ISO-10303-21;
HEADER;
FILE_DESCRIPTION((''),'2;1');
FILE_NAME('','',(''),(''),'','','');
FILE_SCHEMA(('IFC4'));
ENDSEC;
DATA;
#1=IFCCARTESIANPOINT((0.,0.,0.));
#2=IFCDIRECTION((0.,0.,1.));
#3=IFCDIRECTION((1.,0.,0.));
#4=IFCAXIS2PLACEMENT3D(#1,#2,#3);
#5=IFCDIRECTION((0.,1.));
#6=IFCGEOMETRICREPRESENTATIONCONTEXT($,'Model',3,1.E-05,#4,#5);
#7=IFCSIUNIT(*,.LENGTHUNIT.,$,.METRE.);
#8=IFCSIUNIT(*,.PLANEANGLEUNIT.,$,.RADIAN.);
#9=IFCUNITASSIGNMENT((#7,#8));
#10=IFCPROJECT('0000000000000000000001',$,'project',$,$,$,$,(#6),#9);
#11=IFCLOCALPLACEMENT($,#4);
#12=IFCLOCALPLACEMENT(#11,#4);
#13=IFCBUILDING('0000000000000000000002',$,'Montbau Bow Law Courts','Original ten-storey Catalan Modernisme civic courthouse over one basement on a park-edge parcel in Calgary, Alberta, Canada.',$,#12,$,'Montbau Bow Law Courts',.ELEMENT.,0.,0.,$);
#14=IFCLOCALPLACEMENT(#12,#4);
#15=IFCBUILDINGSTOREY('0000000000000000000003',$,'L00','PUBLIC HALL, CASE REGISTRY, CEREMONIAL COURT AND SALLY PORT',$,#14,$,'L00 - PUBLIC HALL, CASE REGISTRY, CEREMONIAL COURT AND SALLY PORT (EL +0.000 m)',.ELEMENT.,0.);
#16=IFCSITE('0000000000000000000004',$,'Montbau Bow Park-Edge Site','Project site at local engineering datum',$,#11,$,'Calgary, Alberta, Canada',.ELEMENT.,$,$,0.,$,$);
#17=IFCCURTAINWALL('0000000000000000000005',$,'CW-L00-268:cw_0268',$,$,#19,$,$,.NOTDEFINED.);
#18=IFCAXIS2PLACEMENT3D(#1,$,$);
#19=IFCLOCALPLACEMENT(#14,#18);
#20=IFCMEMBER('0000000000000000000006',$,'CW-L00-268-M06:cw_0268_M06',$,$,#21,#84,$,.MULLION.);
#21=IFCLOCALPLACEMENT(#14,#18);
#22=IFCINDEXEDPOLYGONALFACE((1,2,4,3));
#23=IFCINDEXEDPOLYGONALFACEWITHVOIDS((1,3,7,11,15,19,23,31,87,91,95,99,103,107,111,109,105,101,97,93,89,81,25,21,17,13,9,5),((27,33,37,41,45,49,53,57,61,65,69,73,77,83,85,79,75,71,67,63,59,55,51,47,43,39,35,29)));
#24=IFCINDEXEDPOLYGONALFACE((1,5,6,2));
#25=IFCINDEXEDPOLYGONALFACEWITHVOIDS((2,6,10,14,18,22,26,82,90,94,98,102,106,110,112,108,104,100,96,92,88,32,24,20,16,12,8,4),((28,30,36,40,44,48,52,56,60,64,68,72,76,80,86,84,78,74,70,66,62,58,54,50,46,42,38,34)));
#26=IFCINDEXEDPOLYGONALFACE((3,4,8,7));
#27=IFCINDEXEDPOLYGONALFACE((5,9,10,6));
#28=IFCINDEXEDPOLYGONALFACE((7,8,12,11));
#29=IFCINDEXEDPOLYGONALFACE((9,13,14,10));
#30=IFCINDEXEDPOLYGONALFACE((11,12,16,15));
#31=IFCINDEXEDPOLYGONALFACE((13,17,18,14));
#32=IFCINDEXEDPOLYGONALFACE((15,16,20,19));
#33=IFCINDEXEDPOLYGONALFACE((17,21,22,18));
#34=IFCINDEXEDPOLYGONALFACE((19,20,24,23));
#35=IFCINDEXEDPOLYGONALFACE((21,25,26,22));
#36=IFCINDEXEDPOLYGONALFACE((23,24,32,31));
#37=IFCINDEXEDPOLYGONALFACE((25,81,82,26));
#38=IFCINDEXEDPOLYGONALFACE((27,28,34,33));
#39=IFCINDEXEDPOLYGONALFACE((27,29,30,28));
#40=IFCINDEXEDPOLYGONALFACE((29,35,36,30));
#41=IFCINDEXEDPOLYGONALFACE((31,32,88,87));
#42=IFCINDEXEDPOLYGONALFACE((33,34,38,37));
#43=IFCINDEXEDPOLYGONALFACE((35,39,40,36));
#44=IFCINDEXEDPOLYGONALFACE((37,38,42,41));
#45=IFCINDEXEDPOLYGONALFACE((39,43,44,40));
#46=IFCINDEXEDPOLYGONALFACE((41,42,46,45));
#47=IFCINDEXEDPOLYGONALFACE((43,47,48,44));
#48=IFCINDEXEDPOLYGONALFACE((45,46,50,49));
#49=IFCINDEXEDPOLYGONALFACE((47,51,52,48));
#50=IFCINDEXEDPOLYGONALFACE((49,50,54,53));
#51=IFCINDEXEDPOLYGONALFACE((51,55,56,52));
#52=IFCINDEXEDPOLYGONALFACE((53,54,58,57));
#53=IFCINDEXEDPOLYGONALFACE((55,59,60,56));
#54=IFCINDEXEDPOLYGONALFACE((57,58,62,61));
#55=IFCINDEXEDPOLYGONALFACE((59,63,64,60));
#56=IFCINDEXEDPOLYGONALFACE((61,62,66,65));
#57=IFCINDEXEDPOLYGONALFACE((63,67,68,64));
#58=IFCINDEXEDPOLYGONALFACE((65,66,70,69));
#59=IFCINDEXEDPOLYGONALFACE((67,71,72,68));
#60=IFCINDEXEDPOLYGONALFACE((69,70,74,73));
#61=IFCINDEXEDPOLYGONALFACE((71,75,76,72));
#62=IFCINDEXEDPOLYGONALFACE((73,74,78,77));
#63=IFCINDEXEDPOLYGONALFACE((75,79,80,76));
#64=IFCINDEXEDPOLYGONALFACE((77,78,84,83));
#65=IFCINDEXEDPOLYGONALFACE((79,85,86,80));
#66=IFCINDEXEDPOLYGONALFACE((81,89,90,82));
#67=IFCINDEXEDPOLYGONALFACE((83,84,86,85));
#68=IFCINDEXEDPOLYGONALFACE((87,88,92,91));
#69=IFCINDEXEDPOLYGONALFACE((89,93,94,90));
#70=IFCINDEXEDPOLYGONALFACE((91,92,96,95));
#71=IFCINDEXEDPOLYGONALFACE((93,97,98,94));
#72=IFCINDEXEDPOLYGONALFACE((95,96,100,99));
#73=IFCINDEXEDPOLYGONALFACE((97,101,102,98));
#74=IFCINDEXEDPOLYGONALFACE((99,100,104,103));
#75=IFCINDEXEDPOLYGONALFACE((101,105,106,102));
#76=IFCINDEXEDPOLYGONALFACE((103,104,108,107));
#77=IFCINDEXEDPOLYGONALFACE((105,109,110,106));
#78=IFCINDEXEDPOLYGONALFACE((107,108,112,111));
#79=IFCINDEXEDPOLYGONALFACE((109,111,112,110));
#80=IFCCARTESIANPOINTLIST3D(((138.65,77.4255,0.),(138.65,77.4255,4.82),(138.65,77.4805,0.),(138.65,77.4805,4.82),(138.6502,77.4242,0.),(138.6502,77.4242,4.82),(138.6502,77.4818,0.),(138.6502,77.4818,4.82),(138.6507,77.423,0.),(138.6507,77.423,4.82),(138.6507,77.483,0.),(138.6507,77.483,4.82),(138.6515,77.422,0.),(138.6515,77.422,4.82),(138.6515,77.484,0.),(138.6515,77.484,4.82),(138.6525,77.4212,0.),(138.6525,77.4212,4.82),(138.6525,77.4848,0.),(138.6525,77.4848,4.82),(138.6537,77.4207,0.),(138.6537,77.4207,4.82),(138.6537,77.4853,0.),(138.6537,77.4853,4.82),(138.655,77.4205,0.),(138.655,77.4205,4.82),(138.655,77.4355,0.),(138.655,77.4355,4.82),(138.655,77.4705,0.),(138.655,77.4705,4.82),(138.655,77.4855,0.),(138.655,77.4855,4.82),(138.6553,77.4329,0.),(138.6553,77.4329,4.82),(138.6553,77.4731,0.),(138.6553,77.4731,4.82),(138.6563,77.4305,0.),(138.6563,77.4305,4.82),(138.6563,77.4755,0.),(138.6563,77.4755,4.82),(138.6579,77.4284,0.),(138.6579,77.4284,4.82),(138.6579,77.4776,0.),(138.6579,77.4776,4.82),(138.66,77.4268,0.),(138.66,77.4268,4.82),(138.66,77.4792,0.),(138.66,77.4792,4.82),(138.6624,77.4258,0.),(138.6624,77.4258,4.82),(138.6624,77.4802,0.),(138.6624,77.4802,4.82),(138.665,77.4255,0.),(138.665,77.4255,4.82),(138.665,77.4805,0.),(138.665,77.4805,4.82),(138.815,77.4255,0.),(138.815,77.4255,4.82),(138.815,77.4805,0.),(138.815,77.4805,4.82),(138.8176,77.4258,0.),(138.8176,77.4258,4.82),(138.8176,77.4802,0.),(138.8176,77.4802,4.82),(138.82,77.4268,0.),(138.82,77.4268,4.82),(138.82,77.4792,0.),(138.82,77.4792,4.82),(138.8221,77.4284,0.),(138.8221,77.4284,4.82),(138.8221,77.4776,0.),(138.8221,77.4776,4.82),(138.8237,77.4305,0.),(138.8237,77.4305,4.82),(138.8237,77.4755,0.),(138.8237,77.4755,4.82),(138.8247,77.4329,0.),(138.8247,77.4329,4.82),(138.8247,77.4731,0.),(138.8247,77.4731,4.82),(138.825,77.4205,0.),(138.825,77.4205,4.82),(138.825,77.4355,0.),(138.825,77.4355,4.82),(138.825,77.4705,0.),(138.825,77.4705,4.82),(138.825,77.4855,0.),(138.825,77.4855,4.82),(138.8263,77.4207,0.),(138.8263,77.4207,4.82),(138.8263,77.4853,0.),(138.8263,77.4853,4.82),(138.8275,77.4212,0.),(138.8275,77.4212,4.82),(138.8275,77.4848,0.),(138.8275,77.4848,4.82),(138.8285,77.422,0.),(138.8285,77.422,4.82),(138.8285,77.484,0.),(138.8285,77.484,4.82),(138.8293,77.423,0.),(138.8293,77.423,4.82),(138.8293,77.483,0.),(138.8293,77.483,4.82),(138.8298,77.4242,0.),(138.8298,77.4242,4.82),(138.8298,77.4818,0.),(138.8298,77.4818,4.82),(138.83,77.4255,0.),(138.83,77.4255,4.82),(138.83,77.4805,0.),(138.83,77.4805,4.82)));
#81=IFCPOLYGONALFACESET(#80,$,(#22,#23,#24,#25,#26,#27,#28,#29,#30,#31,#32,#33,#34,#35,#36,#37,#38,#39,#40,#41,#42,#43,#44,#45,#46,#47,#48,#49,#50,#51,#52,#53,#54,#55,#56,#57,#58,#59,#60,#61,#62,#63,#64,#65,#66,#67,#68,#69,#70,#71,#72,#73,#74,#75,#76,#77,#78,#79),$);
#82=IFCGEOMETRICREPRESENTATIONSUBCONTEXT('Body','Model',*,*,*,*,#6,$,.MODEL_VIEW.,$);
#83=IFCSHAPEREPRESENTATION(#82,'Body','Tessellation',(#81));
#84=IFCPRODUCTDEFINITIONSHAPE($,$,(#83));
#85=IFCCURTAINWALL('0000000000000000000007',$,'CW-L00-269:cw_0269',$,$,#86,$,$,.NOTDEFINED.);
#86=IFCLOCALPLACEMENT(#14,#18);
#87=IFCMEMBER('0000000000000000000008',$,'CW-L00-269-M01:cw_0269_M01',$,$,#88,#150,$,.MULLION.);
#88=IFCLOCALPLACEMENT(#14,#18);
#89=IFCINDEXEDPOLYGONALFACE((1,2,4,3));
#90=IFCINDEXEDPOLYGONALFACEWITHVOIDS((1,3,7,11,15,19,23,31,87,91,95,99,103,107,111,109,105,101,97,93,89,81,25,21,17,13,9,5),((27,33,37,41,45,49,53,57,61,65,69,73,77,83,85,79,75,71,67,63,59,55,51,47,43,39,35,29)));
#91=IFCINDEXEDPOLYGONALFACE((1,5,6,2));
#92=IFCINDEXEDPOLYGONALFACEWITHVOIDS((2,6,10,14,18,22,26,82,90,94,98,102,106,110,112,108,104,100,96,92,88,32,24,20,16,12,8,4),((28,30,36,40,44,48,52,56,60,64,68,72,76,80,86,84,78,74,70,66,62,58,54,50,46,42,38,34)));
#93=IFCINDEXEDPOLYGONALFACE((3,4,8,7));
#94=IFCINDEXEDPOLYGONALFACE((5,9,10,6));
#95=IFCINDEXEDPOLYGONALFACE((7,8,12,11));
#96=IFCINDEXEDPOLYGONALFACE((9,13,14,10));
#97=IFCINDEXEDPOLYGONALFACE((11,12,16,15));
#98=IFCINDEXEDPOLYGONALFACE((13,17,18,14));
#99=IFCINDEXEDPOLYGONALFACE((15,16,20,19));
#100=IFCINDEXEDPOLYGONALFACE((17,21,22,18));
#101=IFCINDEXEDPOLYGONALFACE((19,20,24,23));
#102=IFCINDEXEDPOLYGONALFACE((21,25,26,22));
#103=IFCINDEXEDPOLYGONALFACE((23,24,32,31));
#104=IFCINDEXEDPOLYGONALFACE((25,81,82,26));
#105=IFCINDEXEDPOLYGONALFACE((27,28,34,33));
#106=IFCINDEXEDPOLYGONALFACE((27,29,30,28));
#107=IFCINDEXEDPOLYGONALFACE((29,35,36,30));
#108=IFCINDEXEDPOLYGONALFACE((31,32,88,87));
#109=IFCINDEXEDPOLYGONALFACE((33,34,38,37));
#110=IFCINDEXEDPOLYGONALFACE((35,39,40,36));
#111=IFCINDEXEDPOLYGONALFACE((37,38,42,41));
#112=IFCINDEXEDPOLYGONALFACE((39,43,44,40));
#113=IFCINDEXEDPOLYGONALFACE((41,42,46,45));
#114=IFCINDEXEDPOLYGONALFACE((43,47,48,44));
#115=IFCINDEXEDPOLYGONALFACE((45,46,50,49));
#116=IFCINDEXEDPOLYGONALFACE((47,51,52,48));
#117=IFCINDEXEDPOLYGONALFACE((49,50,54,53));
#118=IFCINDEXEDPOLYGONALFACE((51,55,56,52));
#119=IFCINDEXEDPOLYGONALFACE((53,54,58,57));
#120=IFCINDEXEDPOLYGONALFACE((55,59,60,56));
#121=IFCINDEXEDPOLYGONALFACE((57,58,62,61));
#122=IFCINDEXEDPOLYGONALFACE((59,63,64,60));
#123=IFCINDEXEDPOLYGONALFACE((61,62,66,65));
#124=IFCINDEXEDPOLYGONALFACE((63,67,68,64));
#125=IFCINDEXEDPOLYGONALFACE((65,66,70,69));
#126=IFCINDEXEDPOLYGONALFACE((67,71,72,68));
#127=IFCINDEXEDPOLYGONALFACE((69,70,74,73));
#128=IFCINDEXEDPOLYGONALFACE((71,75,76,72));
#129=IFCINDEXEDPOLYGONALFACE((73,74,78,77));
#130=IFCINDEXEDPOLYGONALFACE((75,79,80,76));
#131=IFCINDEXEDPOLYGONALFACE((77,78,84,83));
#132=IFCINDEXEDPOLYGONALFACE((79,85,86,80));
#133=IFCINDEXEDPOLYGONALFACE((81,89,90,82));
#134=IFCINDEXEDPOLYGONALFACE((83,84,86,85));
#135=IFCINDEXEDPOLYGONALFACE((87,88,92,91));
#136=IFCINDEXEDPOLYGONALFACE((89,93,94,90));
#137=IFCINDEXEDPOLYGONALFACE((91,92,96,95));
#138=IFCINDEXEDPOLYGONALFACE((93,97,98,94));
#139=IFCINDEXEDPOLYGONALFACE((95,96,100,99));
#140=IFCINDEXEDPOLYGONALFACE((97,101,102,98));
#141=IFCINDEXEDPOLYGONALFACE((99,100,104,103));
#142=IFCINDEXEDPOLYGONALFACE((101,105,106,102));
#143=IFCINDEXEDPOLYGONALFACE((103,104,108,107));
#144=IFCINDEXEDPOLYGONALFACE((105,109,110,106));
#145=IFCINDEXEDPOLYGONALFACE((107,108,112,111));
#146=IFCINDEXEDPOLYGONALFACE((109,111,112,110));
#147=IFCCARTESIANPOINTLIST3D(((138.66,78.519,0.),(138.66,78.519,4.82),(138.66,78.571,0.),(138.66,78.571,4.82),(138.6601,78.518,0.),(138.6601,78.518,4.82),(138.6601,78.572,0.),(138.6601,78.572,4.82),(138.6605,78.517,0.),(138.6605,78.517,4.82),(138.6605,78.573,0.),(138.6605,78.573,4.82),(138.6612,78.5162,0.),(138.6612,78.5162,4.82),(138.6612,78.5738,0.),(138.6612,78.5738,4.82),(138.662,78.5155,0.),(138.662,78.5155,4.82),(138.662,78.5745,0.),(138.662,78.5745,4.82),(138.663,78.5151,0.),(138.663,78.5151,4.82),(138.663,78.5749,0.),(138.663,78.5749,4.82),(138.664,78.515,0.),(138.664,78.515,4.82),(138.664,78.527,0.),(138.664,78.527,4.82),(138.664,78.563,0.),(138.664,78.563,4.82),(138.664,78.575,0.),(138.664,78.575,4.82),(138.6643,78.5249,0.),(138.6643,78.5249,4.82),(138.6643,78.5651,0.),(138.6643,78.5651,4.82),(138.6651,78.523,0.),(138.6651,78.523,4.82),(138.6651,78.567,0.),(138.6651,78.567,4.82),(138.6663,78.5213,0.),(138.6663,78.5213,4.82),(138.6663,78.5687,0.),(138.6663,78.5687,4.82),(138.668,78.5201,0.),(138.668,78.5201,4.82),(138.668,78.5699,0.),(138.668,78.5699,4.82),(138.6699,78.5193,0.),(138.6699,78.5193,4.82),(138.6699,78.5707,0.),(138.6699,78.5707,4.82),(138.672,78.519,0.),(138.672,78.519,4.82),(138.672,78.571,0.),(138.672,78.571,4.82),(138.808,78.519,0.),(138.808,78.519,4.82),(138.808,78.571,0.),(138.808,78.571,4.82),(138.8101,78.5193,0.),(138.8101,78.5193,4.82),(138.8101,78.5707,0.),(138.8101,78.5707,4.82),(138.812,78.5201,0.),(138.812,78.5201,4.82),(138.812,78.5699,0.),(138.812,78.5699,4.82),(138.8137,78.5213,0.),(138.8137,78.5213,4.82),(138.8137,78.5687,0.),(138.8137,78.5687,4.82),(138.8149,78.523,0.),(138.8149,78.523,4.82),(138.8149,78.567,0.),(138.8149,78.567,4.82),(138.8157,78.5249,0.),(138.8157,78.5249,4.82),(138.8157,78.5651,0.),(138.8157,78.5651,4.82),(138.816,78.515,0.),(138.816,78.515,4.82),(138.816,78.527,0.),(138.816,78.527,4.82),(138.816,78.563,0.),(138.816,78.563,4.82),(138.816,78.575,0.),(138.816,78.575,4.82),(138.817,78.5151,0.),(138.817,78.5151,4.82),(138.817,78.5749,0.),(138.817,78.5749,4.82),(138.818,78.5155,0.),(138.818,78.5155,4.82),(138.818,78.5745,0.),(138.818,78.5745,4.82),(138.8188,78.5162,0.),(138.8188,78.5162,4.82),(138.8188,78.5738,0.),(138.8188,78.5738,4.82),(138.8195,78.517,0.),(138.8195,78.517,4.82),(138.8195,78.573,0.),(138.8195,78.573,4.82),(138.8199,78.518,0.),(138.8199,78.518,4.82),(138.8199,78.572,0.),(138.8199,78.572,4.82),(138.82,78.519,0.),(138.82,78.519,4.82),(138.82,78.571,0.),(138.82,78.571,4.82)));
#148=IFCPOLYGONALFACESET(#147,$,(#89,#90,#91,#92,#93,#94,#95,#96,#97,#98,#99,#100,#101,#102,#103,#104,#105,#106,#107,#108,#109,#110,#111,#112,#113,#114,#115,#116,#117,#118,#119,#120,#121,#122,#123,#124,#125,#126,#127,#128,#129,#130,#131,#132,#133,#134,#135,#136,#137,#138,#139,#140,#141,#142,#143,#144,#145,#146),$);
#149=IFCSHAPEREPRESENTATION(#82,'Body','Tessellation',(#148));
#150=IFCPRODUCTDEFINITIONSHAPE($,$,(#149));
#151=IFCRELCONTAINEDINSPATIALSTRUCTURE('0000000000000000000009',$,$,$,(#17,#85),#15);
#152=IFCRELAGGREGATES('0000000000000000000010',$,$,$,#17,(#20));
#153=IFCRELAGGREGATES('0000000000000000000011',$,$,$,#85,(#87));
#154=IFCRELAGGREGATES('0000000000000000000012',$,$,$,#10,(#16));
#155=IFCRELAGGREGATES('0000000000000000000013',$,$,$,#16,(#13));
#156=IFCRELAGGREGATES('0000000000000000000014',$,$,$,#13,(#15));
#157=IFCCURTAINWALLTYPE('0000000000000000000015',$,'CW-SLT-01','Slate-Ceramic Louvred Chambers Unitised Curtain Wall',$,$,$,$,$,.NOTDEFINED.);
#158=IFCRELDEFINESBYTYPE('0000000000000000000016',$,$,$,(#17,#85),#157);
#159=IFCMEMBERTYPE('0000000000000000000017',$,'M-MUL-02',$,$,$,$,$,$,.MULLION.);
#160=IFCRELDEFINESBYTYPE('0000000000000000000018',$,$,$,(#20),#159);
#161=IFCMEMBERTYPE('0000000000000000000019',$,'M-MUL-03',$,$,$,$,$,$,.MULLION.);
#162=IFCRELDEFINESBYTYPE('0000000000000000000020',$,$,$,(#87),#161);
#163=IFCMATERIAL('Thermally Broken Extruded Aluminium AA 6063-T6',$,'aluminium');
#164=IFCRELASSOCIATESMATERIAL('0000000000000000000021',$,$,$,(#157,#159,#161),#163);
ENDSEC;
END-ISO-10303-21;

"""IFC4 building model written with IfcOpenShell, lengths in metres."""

from ifc_helpers import new_model, si_unit, direction, frame, origin_with_axes, origin_2d_with_axis, place, context, subcontext, project, spatial, hollow_rectangle, extrude, material, material_profile, profile_set, type_object, element, aggregate, save


model = new_model("IFC4")

# Units and contexts
model_context = context("Model", 3, precision=1e-05, world=origin_with_axes(), true_north=direction((0.0, 1.0)))
body_context = subcontext(model_context, "Body", "Model", "MODEL_VIEW")
ifc_project = project(units=[si_unit("LENGTHUNIT", "METRE"), si_unit("PLANEANGLEUNIT", "RADIAN")], contexts=[model_context])

# Site, building, storey
site_placement = place(None, origin_with_axes())
site = spatial("IfcSite", under=ifc_project, at=site_placement, Name="Montbau Bow Park-Edge Site", Description="Project site at local engineering datum", LongName="Calgary, Alberta, Canada", CompositionType="ELEMENT", RefElevation=0.0)
building_placement = place(site_placement, origin_with_axes())
building = spatial("IfcBuilding", under=site, at=building_placement, Name="Montbau Bow Law Courts", Description="Original ten-storey Catalan Modernisme civic courthouse over one basement on a park-edge parcel in Calgary, Alberta, Canada.", LongName="Montbau Bow Law Courts", CompositionType="ELEMENT", ElevationOfRefHeight=0.0, ElevationOfTerrain=0.0)
storey_placement = place(building_placement, origin_with_axes())
storey = spatial("IfcBuildingStorey", under=building, at=storey_placement, Name="L00", Description="PUBLIC HALL, CASE REGISTRY, CEREMONIAL COURT AND SALLY PORT", LongName="L00 - PUBLIC HALL, CASE REGISTRY, CEREMONIAL COURT AND SALLY PORT (EL +0.000 m)", CompositionType="ELEMENT", Elevation=0.0)

# Curtain wall, member
ifc_material_1 = material(Name="Thermally Broken Extruded Aluminium AA 6063-T6", Category="aluminium")
curtain_wall_type = type_object("IfcCurtainWallType", Name="CW-SLT-01", Description="Slate-Ceramic Louvred Chambers Unitised Curtain Wall", PredefinedType="NOTDEFINED", material=ifc_material_1)
curtain_wall_1_placement = place(None, frame((138.74, 70.115, 0.0), z_axis=(0.0, 0.0, 1.0), x_axis=(1.0, 0.0, 0.0)))
curtain_wall_1 = element("IfcCurtainWall", 1, at=curtain_wall_1_placement, inside=storey, type_object=curtain_wall_type, Name="CW-L00-268:cw_0268", PredefinedType="NOTDEFINED")
ifc_material_profile_1 = material_profile(ifc_material_1, hollow_rectangle(XDim=0.065, YDim=0.18, WallThickness=0.005, InnerFilletRadius=0.01, OuterFilletRadius=0.005, at=origin_2d_with_axis()), Name="CWM-180X65", Category="Main", Priority=0)
ifc_profile_set_1 = profile_set([ifc_material_profile_1], Name="Thermally Broken Extruded Aluminium AA 6063-T6")
member_type_1 = type_object("IfcMemberType", Name="M-MUL-02", PredefinedType="MULLION", material=ifc_profile_set_1)
member_1_placement = place(None, frame((138.74, 77.453, 0.0), z_axis=(0.0, 0.0, 1.0), x_axis=(0.0, 1.0, 0.0)))
member_1 = element("IfcMember", 2, at=member_1_placement, type_object=member_type_1, Name="CW-L00-268-M06:cw_0268_M06", PredefinedType="MULLION", context=body_context, shape_type="SweptSolid", body=[
    extrude(hollow_rectangle(XDim=0.065, YDim=0.18, WallThickness=0.005, InnerFilletRadius=0.01, OuterFilletRadius=0.005, at=origin_2d_with_axis()), origin_with_axes(), (0.0, 0.0, 1.0), 4.82),
])

# Curtain wall, member
curtain_wall_2_placement = place(None, frame((138.74, 78.515, 0.0), z_axis=(0.0, 0.0, 1.0), x_axis=(1.0, 0.0, 0.0)))
curtain_wall_2 = element("IfcCurtainWall", 3, at=curtain_wall_2_placement, inside=storey, type_object=curtain_wall_type, Name="CW-L00-269:cw_0269", PredefinedType="NOTDEFINED")
ifc_material_profile_2 = material_profile(ifc_material_1, hollow_rectangle(XDim=0.06, YDim=0.16, WallThickness=0.004, InnerFilletRadius=0.008, OuterFilletRadius=0.004, at=origin_2d_with_axis()), Name="CWM-160X60", Category="Main", Priority=0)
ifc_profile_set_2 = profile_set([ifc_material_profile_2], Name="Thermally Broken Extruded Aluminium AA 6063-T6")
member_type_2 = type_object("IfcMemberType", Name="M-MUL-03", PredefinedType="MULLION", material=ifc_profile_set_2)
member_2_placement = place(None, frame((138.74, 78.545, 0.0), z_axis=(0.0, 0.0, 1.0), x_axis=(0.0, 1.0, 0.0)))
member_2 = element("IfcMember", 4, at=member_2_placement, type_object=member_type_2, Name="CW-L00-269-M01:cw_0269_M01", PredefinedType="MULLION", context=body_context, shape_type="SweptSolid", body=[
    extrude(hollow_rectangle(XDim=0.06, YDim=0.16, WallThickness=0.004, InnerFilletRadius=0.008, OuterFilletRadius=0.004, at=origin_2d_with_axis()), origin_with_axes(), (0.0, 0.0, 1.0), 4.82),
])

aggregate(curtain_wall_1, [member_1])
aggregate(curtain_wall_2, [member_2])

save(model, "model.ifc")
